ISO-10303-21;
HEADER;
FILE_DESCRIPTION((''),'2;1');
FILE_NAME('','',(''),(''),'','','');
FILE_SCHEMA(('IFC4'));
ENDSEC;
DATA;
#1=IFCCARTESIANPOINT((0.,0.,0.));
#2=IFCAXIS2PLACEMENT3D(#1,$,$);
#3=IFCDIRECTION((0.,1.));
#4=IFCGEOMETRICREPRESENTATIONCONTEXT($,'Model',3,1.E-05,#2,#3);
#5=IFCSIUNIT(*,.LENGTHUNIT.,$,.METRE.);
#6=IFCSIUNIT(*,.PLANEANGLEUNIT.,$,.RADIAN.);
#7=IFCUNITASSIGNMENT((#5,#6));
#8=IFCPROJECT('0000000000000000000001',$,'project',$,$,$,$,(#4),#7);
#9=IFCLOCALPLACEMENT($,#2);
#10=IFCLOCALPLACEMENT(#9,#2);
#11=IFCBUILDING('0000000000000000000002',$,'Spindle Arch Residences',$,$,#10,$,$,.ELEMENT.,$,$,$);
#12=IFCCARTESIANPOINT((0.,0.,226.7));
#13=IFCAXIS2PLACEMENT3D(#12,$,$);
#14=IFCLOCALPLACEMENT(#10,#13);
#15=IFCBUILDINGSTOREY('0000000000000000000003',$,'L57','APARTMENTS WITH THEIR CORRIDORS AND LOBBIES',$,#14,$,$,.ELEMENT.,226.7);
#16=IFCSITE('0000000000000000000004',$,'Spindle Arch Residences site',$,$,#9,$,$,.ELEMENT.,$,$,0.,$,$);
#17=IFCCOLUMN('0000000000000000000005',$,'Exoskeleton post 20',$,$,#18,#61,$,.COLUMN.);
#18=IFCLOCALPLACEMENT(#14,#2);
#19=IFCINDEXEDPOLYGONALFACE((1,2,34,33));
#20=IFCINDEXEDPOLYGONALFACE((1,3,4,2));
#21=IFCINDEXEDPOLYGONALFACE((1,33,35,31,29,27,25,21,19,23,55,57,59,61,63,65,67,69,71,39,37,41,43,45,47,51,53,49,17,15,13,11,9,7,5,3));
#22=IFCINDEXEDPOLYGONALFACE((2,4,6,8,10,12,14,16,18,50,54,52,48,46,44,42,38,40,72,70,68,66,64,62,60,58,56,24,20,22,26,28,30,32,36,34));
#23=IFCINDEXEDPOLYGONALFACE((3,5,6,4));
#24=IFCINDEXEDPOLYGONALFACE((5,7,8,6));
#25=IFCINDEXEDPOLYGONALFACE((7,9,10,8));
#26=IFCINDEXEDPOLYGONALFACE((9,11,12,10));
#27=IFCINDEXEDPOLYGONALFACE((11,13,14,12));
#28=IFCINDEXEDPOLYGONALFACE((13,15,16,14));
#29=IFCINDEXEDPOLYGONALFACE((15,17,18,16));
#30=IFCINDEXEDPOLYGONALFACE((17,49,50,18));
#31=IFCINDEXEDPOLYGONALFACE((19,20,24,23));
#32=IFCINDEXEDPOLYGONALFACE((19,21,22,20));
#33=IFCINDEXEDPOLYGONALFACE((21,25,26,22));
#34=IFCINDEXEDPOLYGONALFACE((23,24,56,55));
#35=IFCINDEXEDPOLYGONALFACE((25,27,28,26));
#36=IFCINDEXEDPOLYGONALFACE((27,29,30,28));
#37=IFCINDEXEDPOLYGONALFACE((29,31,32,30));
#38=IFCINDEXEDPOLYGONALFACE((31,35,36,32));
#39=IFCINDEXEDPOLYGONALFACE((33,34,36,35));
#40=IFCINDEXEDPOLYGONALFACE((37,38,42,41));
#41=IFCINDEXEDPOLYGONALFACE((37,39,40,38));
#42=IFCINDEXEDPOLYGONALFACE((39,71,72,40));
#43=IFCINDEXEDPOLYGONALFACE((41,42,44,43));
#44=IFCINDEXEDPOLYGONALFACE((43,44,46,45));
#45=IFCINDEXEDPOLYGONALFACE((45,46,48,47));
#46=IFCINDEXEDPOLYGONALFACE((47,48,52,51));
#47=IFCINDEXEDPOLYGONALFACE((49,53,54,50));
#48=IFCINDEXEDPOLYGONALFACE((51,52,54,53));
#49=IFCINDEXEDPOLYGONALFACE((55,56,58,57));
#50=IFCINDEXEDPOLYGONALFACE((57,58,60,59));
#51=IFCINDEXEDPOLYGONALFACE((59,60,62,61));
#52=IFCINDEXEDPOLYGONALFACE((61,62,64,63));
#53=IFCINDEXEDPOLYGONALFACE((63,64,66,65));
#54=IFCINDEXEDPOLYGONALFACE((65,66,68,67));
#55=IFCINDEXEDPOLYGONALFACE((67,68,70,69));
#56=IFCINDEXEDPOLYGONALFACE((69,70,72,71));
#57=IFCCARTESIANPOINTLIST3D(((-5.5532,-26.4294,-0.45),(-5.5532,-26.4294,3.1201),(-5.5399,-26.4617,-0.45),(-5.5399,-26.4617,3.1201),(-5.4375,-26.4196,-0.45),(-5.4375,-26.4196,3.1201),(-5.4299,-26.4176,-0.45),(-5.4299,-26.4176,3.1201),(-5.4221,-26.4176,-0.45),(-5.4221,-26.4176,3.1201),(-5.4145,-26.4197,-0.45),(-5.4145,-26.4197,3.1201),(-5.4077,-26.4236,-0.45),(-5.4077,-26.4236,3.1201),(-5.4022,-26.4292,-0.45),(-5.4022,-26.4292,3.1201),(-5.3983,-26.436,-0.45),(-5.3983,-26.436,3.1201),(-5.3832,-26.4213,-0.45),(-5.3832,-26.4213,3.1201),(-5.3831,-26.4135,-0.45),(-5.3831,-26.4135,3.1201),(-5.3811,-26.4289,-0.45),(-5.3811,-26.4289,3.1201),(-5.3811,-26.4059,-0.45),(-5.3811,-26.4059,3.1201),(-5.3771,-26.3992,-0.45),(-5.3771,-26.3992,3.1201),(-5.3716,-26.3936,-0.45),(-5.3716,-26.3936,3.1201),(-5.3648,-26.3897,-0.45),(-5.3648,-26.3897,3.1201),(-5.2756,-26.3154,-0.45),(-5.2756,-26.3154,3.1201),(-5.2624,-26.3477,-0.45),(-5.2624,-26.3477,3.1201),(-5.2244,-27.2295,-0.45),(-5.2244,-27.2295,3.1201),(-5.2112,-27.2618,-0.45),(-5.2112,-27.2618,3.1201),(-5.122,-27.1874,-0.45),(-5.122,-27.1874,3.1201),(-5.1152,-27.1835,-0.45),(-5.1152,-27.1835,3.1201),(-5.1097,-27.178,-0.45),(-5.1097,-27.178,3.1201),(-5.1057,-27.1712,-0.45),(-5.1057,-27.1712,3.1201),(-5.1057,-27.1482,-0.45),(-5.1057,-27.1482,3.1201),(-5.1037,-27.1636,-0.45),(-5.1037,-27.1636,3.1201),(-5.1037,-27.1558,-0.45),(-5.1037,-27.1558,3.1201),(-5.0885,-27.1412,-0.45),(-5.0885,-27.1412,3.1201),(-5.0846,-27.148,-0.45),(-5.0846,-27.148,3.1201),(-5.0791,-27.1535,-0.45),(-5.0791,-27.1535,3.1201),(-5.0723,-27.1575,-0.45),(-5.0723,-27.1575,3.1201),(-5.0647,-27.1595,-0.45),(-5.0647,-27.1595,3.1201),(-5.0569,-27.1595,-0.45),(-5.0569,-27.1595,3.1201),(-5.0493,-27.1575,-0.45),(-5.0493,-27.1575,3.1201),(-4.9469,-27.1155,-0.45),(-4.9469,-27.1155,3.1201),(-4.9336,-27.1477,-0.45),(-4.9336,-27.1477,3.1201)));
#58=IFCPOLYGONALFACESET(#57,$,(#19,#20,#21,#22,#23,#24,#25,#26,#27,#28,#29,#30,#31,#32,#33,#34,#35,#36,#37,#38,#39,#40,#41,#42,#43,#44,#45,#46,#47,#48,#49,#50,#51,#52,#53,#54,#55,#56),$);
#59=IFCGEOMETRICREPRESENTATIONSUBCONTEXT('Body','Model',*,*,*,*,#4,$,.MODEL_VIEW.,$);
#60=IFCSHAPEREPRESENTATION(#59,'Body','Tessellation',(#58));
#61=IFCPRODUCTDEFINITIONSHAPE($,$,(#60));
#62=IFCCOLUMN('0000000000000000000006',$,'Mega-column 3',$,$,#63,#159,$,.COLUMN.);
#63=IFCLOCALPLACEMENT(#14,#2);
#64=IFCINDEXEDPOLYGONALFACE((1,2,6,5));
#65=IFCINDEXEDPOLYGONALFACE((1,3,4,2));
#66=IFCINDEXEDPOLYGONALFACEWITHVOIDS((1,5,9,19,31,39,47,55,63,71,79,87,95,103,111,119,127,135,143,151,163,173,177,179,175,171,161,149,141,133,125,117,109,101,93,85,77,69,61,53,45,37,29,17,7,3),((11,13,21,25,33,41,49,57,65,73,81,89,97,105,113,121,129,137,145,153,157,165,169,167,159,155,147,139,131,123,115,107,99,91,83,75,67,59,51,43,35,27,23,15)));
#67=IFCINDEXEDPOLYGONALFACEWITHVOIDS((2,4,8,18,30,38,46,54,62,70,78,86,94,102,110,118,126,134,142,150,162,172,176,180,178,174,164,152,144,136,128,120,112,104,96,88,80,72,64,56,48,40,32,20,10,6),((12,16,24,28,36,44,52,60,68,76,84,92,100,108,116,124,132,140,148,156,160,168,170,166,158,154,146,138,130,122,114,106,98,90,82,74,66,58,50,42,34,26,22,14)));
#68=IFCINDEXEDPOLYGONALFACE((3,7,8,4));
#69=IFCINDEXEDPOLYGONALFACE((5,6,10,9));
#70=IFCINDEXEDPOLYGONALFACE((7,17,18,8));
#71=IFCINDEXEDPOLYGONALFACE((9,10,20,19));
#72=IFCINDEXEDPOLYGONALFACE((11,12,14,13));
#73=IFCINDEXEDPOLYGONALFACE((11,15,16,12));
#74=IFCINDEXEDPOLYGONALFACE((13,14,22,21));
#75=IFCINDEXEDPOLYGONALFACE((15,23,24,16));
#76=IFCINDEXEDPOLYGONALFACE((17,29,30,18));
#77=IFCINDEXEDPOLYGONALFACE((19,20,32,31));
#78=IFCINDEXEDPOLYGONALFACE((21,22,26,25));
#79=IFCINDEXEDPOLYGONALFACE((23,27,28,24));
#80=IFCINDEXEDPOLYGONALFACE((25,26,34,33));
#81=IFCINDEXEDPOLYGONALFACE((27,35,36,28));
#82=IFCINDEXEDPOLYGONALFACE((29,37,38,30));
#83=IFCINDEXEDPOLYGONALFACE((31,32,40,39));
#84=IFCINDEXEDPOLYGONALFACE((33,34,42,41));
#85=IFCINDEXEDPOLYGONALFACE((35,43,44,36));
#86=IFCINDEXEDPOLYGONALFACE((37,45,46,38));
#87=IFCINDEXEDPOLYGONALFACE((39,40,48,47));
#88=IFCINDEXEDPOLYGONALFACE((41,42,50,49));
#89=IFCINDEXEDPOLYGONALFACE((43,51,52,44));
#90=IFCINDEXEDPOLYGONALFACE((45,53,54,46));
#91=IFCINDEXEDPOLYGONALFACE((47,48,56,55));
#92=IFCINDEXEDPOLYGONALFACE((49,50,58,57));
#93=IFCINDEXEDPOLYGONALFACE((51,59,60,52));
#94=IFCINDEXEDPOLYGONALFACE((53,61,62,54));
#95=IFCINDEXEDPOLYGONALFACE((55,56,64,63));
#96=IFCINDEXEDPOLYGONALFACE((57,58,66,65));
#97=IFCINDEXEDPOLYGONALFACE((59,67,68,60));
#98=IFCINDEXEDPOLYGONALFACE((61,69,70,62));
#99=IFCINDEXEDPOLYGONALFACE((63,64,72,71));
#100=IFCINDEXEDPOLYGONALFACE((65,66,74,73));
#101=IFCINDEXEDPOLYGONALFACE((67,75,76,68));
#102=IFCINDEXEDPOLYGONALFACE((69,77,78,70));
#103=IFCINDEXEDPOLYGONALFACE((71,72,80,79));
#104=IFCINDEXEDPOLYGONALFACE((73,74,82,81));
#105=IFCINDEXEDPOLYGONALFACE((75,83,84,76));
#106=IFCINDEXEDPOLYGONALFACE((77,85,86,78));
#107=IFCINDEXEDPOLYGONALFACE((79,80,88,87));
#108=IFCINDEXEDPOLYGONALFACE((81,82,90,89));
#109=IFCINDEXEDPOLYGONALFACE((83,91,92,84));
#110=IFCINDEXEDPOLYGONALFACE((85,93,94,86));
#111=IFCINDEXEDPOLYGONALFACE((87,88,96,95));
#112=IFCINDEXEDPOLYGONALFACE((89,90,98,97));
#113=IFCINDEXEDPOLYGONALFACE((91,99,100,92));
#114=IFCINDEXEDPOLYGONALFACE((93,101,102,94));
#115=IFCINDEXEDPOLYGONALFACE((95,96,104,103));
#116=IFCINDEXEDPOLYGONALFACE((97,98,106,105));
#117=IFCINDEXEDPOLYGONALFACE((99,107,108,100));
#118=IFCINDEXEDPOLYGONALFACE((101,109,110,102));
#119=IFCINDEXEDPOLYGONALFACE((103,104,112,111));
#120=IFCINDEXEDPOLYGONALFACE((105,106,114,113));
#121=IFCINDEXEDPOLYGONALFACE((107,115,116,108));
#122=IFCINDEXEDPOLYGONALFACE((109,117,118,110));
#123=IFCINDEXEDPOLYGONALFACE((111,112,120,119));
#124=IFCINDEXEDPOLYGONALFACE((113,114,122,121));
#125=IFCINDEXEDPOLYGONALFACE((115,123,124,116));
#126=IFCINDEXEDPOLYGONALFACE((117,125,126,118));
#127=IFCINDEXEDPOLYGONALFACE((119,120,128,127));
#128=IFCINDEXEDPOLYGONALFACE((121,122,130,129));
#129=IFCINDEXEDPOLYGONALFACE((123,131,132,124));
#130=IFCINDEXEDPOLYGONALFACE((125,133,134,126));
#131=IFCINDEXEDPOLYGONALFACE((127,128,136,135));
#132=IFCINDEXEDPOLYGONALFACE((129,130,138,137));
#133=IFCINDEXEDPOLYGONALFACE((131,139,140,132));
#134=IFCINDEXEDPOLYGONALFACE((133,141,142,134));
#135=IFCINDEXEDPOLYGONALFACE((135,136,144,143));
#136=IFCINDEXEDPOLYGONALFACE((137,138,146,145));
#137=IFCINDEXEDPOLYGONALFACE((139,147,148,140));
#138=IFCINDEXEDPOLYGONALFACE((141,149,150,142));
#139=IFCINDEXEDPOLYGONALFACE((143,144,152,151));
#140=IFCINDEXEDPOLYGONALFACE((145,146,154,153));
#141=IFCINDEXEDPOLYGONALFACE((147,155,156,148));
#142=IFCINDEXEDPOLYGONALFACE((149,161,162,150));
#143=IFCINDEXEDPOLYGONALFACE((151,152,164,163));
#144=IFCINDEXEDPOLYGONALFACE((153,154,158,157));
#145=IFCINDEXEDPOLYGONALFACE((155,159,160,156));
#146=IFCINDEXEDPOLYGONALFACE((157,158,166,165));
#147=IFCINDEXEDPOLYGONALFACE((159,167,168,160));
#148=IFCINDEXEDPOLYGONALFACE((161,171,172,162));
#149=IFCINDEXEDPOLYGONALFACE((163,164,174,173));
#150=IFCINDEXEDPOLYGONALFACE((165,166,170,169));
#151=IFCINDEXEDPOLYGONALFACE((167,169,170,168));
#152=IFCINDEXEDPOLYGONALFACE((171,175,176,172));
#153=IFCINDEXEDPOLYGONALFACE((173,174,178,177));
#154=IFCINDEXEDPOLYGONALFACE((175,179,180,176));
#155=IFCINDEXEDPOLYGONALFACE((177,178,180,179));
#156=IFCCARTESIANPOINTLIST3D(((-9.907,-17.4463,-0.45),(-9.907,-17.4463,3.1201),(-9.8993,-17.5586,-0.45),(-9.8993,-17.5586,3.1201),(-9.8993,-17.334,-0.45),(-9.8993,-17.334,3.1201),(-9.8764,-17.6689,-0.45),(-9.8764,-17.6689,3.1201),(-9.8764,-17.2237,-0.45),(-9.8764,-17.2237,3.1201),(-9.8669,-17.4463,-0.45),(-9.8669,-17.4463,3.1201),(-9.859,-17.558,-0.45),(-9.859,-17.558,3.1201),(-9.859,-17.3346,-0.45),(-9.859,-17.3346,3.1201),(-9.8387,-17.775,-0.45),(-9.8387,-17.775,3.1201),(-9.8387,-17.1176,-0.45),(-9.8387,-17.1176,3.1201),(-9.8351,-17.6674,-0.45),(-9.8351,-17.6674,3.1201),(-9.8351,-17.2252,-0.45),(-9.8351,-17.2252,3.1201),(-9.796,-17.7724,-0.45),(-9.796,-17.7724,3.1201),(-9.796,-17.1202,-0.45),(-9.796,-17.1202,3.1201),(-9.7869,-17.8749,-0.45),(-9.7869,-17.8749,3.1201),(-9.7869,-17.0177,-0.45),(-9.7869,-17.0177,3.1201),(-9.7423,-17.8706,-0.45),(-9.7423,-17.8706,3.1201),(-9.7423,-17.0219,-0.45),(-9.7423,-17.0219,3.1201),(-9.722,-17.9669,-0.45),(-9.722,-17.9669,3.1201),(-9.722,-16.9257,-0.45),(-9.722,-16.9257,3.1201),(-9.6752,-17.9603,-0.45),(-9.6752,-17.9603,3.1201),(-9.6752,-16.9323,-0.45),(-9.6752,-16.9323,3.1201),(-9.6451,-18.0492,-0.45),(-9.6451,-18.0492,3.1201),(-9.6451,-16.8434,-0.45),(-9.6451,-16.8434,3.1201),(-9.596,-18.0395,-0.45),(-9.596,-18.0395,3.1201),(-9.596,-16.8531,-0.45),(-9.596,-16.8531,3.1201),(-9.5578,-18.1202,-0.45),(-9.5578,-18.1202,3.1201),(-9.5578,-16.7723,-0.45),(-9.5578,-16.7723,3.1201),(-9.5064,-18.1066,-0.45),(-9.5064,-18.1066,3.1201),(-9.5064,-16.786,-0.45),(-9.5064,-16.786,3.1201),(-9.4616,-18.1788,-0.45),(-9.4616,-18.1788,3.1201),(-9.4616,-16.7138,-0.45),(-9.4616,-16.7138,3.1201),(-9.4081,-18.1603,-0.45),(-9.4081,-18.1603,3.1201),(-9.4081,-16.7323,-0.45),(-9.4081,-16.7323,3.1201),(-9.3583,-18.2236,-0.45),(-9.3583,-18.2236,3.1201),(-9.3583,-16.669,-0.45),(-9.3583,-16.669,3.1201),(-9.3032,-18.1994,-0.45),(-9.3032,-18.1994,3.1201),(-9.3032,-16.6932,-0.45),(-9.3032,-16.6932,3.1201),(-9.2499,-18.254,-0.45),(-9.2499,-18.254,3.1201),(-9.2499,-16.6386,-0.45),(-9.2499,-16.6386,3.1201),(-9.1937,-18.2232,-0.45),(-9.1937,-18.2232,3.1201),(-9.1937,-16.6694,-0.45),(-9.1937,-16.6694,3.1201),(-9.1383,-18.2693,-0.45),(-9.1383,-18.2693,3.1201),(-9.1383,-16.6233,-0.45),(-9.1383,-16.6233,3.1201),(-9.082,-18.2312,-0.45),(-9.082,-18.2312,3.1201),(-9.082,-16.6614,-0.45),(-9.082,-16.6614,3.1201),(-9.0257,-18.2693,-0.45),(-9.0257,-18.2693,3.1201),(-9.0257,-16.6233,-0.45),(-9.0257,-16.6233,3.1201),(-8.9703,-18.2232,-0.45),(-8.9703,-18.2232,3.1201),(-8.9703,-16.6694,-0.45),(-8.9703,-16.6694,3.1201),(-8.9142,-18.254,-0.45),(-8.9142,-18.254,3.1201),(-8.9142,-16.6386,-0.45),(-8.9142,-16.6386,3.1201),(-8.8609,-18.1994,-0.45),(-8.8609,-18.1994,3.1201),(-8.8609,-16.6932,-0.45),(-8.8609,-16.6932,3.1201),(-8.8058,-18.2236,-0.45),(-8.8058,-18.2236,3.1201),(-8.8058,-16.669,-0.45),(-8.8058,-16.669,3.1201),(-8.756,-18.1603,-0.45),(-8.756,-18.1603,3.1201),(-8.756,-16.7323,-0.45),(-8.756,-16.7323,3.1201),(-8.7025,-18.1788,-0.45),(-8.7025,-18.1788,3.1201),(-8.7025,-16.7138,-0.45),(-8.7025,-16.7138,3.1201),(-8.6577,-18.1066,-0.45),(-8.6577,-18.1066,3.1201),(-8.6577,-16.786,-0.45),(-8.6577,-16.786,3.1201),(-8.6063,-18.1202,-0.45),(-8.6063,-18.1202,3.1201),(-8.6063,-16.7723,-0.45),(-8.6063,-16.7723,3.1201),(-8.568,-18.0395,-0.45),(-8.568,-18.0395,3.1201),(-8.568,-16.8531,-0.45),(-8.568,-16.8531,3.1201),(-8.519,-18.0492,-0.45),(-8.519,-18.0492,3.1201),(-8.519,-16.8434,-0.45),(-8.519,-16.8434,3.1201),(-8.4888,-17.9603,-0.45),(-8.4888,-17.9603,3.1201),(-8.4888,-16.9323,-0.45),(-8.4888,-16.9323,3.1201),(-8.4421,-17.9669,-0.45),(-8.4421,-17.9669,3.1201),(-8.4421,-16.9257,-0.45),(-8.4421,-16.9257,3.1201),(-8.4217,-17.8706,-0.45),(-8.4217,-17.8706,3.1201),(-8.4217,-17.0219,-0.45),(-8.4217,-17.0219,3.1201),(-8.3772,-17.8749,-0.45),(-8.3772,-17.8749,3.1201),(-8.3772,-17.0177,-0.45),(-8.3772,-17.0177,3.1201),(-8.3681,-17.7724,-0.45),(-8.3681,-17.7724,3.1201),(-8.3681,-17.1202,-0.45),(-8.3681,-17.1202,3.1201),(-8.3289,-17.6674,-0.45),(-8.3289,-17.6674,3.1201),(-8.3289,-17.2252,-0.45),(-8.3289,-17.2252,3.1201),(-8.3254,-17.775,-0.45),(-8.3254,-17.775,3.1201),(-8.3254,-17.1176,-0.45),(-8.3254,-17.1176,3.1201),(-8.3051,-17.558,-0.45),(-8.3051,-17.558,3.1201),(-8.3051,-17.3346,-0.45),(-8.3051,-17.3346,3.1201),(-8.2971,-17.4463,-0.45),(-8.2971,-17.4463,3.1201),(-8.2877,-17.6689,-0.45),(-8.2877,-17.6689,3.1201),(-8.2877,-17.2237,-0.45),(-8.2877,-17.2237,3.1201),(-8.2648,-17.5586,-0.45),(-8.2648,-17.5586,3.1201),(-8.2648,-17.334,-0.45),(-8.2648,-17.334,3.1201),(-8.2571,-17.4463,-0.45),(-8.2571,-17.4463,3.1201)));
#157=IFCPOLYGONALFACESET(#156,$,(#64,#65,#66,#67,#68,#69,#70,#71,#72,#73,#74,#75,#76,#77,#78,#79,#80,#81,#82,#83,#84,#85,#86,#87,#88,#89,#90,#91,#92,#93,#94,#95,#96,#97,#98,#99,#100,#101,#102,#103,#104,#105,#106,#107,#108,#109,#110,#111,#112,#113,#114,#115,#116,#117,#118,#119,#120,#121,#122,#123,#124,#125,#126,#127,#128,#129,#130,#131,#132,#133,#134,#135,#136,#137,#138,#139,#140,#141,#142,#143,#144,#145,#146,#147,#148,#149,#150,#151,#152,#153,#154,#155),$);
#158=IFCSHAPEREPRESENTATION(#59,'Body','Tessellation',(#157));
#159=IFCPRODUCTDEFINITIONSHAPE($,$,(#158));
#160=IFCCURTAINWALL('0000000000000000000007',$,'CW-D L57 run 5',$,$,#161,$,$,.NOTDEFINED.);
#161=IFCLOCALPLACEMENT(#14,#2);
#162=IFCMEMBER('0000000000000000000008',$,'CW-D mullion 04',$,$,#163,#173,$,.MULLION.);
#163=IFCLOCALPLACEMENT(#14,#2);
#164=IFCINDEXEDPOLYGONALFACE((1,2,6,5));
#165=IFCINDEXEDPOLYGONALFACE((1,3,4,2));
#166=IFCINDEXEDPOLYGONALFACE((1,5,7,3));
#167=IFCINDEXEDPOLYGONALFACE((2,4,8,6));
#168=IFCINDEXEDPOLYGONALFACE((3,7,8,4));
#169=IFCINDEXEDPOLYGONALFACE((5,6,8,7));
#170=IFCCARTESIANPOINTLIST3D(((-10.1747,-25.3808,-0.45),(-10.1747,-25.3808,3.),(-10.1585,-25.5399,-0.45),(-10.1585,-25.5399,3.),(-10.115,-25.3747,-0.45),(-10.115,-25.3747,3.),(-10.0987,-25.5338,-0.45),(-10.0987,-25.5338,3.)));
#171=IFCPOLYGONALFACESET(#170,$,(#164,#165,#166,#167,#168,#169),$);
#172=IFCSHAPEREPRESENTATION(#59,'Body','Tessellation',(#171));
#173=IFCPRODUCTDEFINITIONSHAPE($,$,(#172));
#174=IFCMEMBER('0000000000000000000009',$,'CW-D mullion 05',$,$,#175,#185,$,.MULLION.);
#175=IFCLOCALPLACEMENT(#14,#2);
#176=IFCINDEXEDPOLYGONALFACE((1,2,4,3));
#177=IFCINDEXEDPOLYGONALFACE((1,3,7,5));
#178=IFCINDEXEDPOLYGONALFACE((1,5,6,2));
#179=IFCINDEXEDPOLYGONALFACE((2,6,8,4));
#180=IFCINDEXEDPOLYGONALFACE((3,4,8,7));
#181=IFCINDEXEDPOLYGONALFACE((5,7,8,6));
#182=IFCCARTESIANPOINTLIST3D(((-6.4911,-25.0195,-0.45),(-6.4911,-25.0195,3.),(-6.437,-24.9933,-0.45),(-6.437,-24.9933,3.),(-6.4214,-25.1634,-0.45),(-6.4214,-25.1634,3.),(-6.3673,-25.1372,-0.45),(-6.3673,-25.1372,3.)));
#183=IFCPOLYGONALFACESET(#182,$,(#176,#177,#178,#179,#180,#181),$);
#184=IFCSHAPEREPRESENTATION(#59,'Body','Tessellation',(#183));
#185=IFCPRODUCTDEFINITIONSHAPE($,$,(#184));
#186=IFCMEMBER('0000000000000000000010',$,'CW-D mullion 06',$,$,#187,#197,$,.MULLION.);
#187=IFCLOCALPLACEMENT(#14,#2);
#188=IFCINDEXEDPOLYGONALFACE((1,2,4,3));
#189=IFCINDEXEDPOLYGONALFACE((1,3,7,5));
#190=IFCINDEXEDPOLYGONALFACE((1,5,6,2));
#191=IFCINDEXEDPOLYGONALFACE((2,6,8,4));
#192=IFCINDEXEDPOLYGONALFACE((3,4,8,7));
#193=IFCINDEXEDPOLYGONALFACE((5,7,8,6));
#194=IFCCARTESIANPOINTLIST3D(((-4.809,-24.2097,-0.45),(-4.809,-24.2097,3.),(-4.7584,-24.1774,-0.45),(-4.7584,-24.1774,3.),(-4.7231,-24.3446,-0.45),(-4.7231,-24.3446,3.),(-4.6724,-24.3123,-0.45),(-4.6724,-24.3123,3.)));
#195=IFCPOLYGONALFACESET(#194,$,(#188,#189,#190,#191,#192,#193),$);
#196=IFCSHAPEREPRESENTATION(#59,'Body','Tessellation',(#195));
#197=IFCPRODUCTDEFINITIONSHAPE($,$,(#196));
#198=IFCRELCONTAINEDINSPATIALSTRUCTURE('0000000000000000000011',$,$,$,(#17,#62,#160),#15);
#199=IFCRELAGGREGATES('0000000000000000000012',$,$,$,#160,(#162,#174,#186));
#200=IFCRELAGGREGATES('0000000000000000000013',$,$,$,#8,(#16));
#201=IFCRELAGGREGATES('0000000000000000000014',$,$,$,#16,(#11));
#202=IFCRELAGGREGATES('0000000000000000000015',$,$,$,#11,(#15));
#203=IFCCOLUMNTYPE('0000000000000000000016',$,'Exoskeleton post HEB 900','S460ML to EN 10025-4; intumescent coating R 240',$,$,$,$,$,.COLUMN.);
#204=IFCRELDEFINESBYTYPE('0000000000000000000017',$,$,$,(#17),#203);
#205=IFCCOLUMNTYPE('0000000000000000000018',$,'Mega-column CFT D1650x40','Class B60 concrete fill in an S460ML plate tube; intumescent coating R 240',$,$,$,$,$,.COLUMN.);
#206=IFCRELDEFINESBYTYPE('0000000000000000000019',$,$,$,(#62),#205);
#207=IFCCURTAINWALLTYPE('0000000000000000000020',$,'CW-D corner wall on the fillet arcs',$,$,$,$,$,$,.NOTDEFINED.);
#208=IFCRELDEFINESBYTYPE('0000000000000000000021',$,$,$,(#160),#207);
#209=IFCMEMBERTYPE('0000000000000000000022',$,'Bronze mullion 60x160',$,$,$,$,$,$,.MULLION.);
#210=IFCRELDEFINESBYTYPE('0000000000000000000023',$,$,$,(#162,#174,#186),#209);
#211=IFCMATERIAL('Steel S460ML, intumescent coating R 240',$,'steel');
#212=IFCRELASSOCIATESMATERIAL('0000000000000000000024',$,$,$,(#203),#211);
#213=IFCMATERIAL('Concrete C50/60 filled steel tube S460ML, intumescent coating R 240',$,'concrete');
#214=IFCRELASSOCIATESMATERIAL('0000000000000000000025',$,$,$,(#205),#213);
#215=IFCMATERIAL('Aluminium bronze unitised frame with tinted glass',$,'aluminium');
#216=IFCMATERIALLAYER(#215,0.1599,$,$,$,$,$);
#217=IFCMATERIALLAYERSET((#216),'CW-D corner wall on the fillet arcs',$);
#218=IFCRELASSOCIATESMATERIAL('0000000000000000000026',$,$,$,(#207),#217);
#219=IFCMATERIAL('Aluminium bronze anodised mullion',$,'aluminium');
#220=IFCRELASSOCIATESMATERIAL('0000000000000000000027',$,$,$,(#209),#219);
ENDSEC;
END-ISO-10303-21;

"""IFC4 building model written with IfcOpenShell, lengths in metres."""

from ifc_helpers import new_model, si_unit, direction, frame, origin, origin_2d, place, context, subcontext, project, spatial, rectangle, hollow_circle, i_section, extrude, material, layer, layer_set, material_profile, profile_set, type_object, element, aggregate, save


model = new_model("IFC4")

# Units and contexts
model_context = context("Model", 3, precision=1e-05, world=origin(), true_north=direction((0.0, 1.0)))
body_context = subcontext(model_context, "Body", "Model", "MODEL_VIEW")
ifc_project = project(units=[si_unit("LENGTHUNIT", "METRE"), si_unit("PLANEANGLEUNIT", "RADIAN")], contexts=[model_context])

# Site, building, storey
site_placement = place(None, origin())
site = spatial("IfcSite", under=ifc_project, at=site_placement, Name="Spindle Arch Residences site", CompositionType="ELEMENT", RefElevation=0.0)
building_placement = place(site_placement, origin())
building = spatial("IfcBuilding", under=site, at=building_placement, Name="Spindle Arch Residences", CompositionType="ELEMENT")
storey_placement = place(building_placement, frame((0.0, 0.0, 226.7)))
storey = spatial("IfcBuildingStorey", under=building, at=storey_placement, Name="L57", Description="APARTMENTS WITH THEIR CORRIDORS AND LOBBIES", CompositionType="ELEMENT", Elevation=226.7)

# Columns
ifc_material_1 = material(Name="Steel S460ML, intumescent coating R 240", Category="steel")
ifc_material_profile_1 = material_profile(ifc_material_1, i_section(OverallWidth=0.3, OverallDepth=0.8999, WebThickness=0.0186, FlangeThickness=0.0349, FilletRadius=0.03, at=origin_2d()), Name="HEB 900")
ifc_profile_set_1 = profile_set([ifc_material_profile_1], Name="Steel S460ML, intumescent coating R 240")
column_type_1 = type_object("IfcColumnType", Name="Exoskeleton post HEB 900", Description="S460ML to EN 10025-4; intumescent coating R 240", PredefinedType="COLUMN", material=ifc_profile_set_1)
column_1_placement = place(storey_placement, frame((-5.2434, -26.7886, -0.45), z_axis=(0.0, 0.0, 1.0), x_axis=(-0.924968, -0.380046, 0.0)))
element("IfcColumn", 1, at=column_1_placement, inside=storey, type_object=column_type_1, Name="Exoskeleton post 20", PredefinedType="COLUMN", context=body_context, shape_type="SweptSolid", body=[
    extrude(i_section(OverallWidth=0.3, OverallDepth=0.8999, WebThickness=0.0186, FlangeThickness=0.0349, FilletRadius=0.03, at=origin_2d()), origin(), (0.0, 0.0, 1.0), 3.5701),
])
ifc_material_2 = material(Name="Concrete C50/60 filled steel tube S460ML, intumescent coating R 240", Category="concrete")
ifc_material_profile_2 = material_profile(ifc_material_2, hollow_circle(Radius=0.825, WallThickness=0.04, at=origin_2d()), Name="CFT D1650x40")
ifc_profile_set_2 = profile_set([ifc_material_profile_2], Name="Concrete C50/60 filled steel tube S460ML, intumescent coating R 240")
column_type_2 = type_object("IfcColumnType", Name="Mega-column CFT D1650x40", Description="Class B60 concrete fill in an S460ML plate tube; intumescent coating R 240", PredefinedType="COLUMN", material=ifc_profile_set_2)
column_2_placement = place(storey_placement, frame((-9.082, -17.4463, -0.45), z_axis=(0.0, 0.0, 1.0), x_axis=(1.0, 0.0, 0.0)))
element("IfcColumn", 2, at=column_2_placement, inside=storey, type_object=column_type_2, Name="Mega-column 3", PredefinedType="COLUMN", context=body_context, shape_type="SweptSolid", body=[
    extrude(hollow_circle(Radius=0.825, WallThickness=0.04, at=origin_2d()), origin(), (0.0, 0.0, 1.0), 3.5701),
])

# Curtain wall, members
ifc_material_3 = material(Name="Aluminium bronze unitised frame with tinted glass", Category="aluminium")
ifc_layer_1 = layer(ifc_material_3, 0.1599)
ifc_layer_set_1 = layer_set([ifc_layer_1], Name="CW-D corner wall on the fillet arcs")
curtain_wall_type = type_object("IfcCurtainWallType", Name="CW-D corner wall on the fillet arcs", PredefinedType="NOTDEFINED", material=ifc_layer_set_1)
curtain_wall_placement = place(storey_placement, origin())
curtain_wall = element("IfcCurtainWall", 3, at=curtain_wall_placement, inside=storey, type_object=curtain_wall_type, Name="CW-D L57 run 5", PredefinedType="NOTDEFINED")
ifc_material_4 = material(Name="Aluminium bronze anodised mullion", Category="aluminium")
ifc_material_profile_3 = material_profile(ifc_material_4, rectangle(XDim=0.1599, YDim=0.0601, at=origin_2d()), Name="MU 60x160")
ifc_profile_set_3 = profile_set([ifc_material_profile_3], Name="Aluminium bronze anodised mullion")
member_type_1 = type_object("IfcMemberType", Name="Bronze mullion 60x160", PredefinedType="MULLION", material=ifc_profile_set_3)
member_1_placement = place(storey_placement, frame((-10.1367, -25.4573, -0.45), z_axis=(0.0, 0.0, 1.0), x_axis=(-0.101635, 0.994822, 0.0)))
member_1 = element("IfcMember", 4, at=member_1_placement, type_object=member_type_1, Name="CW-D mullion 04", PredefinedType="MULLION", context=body_context, shape_type="SweptSolid", body=[
    extrude(rectangle(XDim=0.1599, YDim=0.0601, at=origin_2d()), origin(), (0.0, 0.0, 1.0), 3.45),
])
member_2_placement = place(storey_placement, frame((-6.4292, -25.0784, -0.45), z_axis=(0.0, 0.0, 1.0), x_axis=(-0.435755, 0.900065, 0.0)))
member_2 = element("IfcMember", 5, at=member_2_placement, type_object=member_type_1, Name="CW-D mullion 05", PredefinedType="MULLION", context=body_context, shape_type="SweptSolid", body=[
    extrude(rectangle(XDim=0.1599, YDim=0.0601, at=origin_2d()), origin(), (0.0, 0.0, 1.0), 3.45),
])
member_3_placement = place(storey_placement, frame((-4.7407, -24.261, -0.45), z_axis=(0.0, 0.0, 1.0), x_axis=(-0.5373, 0.843391, 0.0)))
member_3 = element("IfcMember", 6, at=member_3_placement, type_object=member_type_1, Name="CW-D mullion 06", PredefinedType="MULLION", context=body_context, shape_type="SweptSolid", body=[
    extrude(rectangle(XDim=0.1599, YDim=0.0601, at=origin_2d()), origin(), (0.0, 0.0, 1.0), 3.45),
])
aggregate(curtain_wall, [member_1, member_2, member_3])

save(model, "model.ifc")
